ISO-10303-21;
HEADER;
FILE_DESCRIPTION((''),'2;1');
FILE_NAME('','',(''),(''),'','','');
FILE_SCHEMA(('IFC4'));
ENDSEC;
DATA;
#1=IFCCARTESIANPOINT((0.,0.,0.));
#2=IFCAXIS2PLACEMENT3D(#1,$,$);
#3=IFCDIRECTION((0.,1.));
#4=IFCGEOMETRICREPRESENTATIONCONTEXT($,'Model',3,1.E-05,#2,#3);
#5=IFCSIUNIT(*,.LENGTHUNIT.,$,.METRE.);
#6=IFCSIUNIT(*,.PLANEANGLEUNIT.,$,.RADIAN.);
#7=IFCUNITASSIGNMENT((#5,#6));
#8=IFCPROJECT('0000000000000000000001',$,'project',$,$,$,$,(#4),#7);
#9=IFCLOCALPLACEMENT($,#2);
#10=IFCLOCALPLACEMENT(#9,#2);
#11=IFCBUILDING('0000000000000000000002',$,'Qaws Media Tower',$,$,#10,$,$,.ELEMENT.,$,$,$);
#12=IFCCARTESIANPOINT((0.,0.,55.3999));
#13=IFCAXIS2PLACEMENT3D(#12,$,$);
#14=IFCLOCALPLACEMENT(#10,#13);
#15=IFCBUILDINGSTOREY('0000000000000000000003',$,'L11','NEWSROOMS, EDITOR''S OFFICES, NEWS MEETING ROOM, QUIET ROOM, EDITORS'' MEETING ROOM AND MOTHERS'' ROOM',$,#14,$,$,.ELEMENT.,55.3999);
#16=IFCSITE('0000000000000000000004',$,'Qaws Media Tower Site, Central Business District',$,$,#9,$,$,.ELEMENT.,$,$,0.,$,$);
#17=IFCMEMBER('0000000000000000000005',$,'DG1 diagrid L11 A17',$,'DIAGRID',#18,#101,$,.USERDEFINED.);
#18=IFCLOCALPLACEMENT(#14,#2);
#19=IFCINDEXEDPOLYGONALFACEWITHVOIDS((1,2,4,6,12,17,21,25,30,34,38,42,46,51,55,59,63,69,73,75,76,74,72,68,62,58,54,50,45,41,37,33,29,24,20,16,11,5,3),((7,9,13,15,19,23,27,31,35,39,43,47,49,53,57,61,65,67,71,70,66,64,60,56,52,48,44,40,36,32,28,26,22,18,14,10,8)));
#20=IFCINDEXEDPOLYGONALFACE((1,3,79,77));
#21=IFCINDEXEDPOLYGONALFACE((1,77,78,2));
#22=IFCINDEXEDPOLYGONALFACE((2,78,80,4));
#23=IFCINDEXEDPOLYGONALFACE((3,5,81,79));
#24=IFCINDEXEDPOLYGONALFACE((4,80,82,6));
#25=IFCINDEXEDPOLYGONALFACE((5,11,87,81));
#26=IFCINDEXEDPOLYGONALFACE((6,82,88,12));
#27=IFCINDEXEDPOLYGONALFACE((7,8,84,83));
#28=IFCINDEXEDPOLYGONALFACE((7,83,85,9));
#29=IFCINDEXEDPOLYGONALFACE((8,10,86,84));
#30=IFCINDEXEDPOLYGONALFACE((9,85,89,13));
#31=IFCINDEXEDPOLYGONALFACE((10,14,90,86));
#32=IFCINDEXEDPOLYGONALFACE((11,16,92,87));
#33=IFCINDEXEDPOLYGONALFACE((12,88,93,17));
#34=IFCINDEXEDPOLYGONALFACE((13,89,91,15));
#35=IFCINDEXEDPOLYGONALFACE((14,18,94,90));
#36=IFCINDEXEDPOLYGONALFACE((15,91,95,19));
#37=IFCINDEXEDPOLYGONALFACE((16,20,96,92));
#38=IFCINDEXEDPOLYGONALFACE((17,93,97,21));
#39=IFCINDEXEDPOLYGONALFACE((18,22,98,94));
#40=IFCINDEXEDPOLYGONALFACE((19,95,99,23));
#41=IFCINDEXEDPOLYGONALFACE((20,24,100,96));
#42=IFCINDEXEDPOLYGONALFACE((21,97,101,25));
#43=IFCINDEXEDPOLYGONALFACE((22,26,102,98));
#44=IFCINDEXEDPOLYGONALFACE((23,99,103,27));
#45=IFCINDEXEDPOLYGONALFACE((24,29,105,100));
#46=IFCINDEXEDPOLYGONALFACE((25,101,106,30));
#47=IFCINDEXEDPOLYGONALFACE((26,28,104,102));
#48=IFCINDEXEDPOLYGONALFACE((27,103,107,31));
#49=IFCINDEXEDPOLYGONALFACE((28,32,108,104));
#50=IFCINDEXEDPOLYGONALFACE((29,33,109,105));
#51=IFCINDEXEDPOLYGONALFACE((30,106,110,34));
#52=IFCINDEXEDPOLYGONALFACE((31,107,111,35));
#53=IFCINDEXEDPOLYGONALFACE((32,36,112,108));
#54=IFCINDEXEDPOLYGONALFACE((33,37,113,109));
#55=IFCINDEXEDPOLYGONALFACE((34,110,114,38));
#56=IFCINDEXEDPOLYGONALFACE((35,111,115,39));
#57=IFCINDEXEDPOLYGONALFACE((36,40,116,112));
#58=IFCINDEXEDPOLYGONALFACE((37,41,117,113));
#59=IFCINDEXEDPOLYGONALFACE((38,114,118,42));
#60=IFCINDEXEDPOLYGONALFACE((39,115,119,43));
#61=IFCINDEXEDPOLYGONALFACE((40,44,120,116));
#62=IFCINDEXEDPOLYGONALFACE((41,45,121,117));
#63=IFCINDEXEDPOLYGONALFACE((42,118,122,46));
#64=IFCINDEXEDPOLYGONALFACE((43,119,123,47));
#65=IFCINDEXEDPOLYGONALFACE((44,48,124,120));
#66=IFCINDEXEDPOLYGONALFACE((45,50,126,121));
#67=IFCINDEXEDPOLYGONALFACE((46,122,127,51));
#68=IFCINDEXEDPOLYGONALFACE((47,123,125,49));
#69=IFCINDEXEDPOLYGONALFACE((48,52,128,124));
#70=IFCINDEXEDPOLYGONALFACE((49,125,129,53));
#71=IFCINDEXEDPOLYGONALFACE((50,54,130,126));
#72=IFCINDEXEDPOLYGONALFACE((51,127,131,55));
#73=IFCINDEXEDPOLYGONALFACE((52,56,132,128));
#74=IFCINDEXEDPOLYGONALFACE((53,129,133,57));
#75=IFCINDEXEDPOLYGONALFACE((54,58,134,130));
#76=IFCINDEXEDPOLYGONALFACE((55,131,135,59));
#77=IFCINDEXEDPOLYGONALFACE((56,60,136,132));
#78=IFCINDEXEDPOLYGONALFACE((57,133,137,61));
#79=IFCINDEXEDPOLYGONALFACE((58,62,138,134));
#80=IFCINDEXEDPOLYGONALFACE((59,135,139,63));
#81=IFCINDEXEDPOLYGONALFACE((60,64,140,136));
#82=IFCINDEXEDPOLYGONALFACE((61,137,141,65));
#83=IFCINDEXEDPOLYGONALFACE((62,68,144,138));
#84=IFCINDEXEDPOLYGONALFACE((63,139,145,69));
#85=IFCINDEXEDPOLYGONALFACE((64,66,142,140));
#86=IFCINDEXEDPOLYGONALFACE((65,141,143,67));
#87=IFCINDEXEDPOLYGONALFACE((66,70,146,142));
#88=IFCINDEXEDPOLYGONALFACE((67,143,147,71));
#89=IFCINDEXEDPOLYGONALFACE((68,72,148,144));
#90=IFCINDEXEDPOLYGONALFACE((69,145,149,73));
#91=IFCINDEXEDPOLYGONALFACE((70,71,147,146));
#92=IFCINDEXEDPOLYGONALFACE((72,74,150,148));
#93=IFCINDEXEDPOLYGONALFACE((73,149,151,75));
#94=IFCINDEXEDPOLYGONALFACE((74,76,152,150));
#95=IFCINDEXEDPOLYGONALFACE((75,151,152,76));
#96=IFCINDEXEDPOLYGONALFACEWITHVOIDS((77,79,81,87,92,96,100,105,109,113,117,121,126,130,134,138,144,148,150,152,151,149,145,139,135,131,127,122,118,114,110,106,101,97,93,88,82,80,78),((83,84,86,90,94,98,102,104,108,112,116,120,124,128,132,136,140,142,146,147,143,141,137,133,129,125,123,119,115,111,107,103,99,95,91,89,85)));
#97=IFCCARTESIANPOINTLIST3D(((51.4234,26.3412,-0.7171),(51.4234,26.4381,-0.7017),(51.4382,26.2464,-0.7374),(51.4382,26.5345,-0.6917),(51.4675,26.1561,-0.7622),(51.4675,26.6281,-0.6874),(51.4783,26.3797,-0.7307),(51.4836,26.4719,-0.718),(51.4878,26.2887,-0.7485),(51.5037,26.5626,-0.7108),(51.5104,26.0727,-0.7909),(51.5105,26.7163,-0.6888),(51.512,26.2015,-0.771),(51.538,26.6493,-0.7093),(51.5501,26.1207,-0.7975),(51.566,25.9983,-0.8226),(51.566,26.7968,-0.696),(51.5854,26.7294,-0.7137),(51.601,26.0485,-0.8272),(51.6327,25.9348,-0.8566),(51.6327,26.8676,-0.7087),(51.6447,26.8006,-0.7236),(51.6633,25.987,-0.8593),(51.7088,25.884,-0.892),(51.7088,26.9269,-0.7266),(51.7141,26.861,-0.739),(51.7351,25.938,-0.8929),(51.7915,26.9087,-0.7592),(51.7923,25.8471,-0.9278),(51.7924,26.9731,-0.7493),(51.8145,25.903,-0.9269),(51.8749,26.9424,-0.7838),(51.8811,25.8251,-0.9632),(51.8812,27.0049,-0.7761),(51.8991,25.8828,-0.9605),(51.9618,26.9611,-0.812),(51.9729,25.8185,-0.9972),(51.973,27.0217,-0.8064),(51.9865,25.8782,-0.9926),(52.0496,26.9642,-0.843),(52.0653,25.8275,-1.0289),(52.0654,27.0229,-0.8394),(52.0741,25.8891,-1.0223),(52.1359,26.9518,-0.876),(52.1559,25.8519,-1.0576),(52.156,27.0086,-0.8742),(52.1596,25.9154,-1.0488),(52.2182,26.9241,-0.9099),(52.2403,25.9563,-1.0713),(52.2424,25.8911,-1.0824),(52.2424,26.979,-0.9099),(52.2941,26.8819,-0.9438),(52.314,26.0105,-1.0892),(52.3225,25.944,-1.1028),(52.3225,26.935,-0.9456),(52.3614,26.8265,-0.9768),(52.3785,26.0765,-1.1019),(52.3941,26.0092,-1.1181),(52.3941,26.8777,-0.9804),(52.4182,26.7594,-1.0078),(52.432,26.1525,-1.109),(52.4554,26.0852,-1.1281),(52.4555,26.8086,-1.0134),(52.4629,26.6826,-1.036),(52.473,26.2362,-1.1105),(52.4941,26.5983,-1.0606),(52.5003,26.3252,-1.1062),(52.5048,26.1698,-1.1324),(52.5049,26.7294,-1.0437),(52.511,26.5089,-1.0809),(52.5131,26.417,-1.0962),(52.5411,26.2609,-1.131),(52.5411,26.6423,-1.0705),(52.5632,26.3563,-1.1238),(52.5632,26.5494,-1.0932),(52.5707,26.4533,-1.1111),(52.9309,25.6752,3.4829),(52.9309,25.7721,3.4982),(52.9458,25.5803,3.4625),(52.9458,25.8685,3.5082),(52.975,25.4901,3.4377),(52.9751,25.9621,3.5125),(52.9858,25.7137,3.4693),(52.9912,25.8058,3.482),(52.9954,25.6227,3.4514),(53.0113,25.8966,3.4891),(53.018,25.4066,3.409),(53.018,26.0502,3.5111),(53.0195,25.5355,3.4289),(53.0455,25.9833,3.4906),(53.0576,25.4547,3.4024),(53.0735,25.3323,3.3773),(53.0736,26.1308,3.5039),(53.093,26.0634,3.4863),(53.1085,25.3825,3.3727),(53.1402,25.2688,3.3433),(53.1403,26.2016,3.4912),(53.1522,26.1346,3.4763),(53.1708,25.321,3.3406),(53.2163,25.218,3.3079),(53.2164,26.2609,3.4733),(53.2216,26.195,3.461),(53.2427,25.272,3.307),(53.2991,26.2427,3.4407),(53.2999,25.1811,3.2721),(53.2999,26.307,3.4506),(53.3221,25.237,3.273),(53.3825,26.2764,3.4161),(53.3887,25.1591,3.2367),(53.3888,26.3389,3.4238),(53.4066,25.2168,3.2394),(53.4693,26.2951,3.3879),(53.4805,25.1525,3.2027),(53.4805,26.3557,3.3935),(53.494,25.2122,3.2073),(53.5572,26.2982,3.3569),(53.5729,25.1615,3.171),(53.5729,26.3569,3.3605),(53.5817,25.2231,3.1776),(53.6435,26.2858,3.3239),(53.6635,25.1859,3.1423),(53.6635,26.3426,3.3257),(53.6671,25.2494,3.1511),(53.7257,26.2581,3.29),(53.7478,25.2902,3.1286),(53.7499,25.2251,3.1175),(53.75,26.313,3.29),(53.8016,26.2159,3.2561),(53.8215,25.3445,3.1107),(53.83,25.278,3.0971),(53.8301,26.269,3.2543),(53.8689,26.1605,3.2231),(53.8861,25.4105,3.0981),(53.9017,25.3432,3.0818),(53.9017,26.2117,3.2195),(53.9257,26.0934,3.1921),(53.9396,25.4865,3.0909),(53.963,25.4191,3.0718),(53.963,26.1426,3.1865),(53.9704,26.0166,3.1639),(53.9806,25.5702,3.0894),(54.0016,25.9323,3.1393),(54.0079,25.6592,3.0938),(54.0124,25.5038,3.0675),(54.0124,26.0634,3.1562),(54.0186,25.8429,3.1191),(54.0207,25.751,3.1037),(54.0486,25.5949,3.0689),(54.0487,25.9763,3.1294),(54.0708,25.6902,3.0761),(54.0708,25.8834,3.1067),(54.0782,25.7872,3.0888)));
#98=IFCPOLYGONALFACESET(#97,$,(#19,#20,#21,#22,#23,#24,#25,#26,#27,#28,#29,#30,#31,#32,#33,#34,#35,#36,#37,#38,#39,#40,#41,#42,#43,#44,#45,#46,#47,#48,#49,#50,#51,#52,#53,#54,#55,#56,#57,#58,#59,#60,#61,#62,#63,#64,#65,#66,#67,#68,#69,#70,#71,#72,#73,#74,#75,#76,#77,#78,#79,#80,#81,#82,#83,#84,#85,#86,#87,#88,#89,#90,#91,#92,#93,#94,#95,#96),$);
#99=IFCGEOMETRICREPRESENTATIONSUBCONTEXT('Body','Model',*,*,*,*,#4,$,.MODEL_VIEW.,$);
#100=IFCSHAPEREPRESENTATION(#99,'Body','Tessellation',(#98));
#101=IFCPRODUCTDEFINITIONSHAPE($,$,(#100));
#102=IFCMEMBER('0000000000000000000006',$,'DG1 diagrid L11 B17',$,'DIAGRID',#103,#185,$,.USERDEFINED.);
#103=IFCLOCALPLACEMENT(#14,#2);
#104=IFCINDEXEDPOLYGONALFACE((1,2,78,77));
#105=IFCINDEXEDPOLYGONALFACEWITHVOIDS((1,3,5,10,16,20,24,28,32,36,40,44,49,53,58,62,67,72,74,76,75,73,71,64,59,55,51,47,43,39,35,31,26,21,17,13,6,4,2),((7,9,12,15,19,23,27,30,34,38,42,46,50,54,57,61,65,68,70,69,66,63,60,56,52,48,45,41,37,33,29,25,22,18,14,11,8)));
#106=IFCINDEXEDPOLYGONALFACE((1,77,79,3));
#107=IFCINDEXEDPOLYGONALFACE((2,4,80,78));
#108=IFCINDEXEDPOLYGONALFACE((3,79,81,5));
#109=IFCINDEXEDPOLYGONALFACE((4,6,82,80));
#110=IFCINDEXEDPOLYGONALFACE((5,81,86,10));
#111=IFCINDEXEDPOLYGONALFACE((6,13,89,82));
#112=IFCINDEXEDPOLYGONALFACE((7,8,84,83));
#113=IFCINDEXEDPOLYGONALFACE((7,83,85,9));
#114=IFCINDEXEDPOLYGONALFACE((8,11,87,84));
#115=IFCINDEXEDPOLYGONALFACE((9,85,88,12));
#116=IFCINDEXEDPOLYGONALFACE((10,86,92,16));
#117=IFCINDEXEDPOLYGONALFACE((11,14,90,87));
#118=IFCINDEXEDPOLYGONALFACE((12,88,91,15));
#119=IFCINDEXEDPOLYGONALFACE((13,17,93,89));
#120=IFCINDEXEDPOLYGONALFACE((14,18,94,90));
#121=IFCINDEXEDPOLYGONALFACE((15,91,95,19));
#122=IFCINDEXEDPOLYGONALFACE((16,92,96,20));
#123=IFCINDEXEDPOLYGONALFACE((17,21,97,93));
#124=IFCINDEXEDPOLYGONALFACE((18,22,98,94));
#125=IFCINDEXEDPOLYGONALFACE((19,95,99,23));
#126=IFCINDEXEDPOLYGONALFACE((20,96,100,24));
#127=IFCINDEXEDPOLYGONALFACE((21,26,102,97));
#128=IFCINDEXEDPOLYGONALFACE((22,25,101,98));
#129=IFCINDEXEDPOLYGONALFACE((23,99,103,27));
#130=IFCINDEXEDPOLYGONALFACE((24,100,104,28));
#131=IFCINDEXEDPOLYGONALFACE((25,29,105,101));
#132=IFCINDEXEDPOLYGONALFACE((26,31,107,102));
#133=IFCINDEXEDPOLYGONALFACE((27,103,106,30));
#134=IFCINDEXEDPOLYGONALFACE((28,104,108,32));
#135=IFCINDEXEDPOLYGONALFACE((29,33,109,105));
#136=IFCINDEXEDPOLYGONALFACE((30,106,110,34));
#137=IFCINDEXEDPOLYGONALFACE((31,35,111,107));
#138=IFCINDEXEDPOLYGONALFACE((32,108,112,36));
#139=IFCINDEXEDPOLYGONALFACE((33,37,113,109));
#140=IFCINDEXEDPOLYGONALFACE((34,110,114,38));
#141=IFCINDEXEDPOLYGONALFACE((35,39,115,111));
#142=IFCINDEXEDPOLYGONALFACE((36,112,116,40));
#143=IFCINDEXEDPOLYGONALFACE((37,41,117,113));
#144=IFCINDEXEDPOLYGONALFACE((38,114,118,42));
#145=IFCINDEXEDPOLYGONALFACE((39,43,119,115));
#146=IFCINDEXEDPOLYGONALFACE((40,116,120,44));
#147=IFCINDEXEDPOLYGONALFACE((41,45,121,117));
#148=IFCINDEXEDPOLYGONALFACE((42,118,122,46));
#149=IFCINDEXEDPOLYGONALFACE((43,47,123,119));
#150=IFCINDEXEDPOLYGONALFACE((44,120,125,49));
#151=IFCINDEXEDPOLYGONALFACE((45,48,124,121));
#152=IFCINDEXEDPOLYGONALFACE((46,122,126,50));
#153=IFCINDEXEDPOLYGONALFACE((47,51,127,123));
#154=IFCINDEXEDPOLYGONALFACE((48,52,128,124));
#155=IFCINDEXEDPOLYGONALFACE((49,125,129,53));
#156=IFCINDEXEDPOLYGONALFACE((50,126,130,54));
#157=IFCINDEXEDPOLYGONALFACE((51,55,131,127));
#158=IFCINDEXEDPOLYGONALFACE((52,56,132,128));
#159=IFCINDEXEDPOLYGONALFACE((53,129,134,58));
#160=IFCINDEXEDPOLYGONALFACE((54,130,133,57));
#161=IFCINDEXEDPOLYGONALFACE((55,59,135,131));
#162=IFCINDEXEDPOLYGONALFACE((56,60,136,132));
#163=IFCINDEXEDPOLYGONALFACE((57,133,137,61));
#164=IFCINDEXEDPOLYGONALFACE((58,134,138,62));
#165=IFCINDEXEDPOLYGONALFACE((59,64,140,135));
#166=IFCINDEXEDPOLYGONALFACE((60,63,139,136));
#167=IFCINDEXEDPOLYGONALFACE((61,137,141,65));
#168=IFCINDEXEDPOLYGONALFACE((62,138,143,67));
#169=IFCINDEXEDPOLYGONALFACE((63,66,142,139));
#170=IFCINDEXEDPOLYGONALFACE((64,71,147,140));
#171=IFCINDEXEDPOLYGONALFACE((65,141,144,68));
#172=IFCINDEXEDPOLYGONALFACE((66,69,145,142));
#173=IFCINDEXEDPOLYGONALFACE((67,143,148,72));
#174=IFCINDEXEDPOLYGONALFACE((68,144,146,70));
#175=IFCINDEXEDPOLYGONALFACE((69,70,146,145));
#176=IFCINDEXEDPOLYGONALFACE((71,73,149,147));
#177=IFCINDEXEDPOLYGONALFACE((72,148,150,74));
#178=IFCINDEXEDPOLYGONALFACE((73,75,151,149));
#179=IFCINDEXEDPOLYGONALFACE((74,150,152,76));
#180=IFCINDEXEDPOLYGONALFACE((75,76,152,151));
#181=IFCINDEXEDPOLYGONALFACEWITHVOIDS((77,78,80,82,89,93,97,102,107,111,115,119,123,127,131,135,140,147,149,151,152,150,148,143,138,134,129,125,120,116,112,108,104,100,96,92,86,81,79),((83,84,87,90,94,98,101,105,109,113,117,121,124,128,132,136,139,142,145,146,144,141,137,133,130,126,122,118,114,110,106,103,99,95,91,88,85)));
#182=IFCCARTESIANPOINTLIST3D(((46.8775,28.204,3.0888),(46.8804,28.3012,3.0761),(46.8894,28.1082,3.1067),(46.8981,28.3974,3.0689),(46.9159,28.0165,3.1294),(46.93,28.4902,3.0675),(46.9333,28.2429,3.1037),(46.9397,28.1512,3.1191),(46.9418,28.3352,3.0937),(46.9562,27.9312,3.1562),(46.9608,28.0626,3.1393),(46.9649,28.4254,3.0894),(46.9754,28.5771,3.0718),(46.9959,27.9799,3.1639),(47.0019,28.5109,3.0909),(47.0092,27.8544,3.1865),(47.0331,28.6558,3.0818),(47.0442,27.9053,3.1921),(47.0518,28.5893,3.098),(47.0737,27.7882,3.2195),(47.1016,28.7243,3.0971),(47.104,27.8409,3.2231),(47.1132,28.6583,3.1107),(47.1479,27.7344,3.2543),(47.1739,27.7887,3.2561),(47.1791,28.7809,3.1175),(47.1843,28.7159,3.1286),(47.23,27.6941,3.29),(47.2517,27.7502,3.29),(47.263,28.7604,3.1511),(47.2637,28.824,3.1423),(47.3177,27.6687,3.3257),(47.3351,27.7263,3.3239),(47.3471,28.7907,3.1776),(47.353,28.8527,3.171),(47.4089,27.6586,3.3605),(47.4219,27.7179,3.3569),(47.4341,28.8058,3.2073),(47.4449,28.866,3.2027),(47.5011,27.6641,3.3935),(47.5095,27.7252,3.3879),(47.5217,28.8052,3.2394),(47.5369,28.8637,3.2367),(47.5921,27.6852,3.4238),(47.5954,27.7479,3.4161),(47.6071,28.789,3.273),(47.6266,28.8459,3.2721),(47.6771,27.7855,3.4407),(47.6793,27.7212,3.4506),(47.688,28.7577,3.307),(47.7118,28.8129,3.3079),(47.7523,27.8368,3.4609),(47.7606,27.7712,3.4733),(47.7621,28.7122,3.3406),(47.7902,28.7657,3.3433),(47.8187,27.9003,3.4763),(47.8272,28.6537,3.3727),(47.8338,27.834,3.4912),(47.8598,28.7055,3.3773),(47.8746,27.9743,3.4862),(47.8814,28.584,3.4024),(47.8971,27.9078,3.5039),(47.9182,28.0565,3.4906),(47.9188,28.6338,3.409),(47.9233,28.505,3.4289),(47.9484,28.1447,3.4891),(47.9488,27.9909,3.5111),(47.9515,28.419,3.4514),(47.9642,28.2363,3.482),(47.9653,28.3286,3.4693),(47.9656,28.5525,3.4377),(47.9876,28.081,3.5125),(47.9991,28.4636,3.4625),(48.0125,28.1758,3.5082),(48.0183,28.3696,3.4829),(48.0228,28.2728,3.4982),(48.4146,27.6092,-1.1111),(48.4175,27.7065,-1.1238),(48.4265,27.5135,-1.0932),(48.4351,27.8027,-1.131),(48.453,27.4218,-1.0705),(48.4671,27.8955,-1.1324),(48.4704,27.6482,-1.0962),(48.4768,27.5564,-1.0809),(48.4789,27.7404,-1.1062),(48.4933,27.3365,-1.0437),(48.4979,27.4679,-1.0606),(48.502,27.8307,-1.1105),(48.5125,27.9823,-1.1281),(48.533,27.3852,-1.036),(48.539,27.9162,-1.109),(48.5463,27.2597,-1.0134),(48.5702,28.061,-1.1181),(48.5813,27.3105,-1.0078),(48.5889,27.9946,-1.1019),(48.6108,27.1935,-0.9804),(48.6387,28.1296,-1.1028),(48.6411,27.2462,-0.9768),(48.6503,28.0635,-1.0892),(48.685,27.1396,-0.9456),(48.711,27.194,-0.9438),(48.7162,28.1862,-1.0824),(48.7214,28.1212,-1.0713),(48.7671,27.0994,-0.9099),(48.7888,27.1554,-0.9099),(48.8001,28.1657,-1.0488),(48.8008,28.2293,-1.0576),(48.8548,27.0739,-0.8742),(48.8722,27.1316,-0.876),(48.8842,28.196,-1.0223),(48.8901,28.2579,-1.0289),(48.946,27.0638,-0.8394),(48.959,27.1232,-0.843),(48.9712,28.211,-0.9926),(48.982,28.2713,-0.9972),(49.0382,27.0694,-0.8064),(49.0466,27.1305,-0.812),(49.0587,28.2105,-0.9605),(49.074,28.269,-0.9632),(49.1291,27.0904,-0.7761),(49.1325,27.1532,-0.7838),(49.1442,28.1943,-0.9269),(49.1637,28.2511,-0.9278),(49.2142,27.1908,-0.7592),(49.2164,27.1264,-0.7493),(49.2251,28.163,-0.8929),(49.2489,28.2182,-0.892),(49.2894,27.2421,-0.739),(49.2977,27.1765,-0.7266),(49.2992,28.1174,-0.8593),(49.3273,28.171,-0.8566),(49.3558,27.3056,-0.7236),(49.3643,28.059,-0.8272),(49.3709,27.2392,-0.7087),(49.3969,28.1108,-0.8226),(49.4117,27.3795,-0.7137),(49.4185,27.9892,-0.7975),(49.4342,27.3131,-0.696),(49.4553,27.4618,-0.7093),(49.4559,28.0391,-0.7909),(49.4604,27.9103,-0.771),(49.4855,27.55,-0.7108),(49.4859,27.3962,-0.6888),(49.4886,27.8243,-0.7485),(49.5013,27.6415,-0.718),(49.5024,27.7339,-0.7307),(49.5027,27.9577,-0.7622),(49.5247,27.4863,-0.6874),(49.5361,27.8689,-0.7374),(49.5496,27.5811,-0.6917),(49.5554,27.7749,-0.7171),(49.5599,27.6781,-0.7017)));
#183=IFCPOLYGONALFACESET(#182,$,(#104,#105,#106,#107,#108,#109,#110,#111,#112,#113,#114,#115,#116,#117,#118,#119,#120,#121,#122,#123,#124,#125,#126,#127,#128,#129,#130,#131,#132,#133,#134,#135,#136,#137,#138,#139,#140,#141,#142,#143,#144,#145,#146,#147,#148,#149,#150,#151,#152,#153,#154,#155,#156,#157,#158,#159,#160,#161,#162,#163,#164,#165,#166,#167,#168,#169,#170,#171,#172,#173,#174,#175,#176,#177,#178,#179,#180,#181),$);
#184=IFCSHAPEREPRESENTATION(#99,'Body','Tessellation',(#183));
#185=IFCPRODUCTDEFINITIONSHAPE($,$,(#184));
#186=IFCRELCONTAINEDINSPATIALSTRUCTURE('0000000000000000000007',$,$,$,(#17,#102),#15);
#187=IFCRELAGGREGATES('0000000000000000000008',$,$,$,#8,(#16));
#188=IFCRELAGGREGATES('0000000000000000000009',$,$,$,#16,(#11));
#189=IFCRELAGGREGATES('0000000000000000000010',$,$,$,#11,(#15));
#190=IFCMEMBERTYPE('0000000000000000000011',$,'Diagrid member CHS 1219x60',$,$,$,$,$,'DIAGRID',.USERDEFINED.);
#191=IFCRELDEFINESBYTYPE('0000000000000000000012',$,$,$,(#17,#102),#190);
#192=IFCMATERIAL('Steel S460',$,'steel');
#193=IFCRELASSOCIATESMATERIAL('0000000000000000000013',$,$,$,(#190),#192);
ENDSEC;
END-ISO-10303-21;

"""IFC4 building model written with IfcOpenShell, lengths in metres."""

from ifc_helpers import new_model, si_unit, direction, frame, origin, origin_2d, place, context, subcontext, project, spatial, hollow_circle, extrude, material, material_profile, profile_set, type_object, element, save


model = new_model("IFC4")

# Units and contexts
model_context = context("Model", 3, precision=1e-05, world=origin(), true_north=direction((0.0, 1.0)))
body_context = subcontext(model_context, "Body", "Model", "MODEL_VIEW")
ifc_project = project(units=[si_unit("LENGTHUNIT", "METRE"), si_unit("PLANEANGLEUNIT", "RADIAN")], contexts=[model_context])

# Site, building, storey
site_placement = place(None, origin())
site = spatial("IfcSite", under=ifc_project, at=site_placement, Name="Qaws Media Tower Site, Central Business District", CompositionType="ELEMENT", RefElevation=0.0)
building_placement = place(site_placement, origin())
building = spatial("IfcBuilding", under=site, at=building_placement, Name="Qaws Media Tower", CompositionType="ELEMENT")
storey_placement = place(building_placement, frame((0.0, 0.0, 55.3999)))
storey = spatial("IfcBuildingStorey", under=building, at=storey_placement, Name="L11", Description="NEWSROOMS, EDITOR'S OFFICES, NEWS MEETING ROOM, QUIET ROOM, EDITORS' MEETING ROOM AND MOTHERS' ROOM", CompositionType="ELEMENT", Elevation=55.3999)

# Members
ifc_material_1 = material(Name="Steel S460", Category="steel")
ifc_material_profile_1 = material_profile(ifc_material_1, hollow_circle(Radius=0.6096, WallThickness=0.0601, at=origin_2d()), Name="CHS 1219x60")
ifc_profile_set_1 = profile_set([ifc_material_profile_1], Name="Steel S460")
member_type_1 = type_object("IfcMemberType", Name="Diagrid member CHS 1219x60", ElementType="DIAGRID", PredefinedType="USERDEFINED", material=ifc_profile_set_1)
for number, where, z_axis, x_axis, name in (
    (1, (51.9961, 26.4214, -0.9099), (0.334142, -0.147618, 0.930891), (0.404103, 0.914713, 0.0), "DG1 diagrid L11 A17"),
    (2, (48.9871, 27.668, -0.9099), (-0.340689, 0.131817, 0.930889), (-0.360844, -0.932626, 0.0), "DG1 diagrid L11 B17"),
):
    element("IfcMember", number, at=place(storey_placement, frame(where, z_axis=z_axis, x_axis=x_axis)), inside=storey, type_object=member_type_1, Name=name, ObjectType="DIAGRID", PredefinedType="USERDEFINED", context=body_context, shape_type="SweptSolid", body=[
        extrude(hollow_circle(Radius=0.6096, WallThickness=0.0601, at=origin_2d()), origin(), (0.0, 0.0, 1.0), 4.5117),
    ])

save(model, "model.ifc")
